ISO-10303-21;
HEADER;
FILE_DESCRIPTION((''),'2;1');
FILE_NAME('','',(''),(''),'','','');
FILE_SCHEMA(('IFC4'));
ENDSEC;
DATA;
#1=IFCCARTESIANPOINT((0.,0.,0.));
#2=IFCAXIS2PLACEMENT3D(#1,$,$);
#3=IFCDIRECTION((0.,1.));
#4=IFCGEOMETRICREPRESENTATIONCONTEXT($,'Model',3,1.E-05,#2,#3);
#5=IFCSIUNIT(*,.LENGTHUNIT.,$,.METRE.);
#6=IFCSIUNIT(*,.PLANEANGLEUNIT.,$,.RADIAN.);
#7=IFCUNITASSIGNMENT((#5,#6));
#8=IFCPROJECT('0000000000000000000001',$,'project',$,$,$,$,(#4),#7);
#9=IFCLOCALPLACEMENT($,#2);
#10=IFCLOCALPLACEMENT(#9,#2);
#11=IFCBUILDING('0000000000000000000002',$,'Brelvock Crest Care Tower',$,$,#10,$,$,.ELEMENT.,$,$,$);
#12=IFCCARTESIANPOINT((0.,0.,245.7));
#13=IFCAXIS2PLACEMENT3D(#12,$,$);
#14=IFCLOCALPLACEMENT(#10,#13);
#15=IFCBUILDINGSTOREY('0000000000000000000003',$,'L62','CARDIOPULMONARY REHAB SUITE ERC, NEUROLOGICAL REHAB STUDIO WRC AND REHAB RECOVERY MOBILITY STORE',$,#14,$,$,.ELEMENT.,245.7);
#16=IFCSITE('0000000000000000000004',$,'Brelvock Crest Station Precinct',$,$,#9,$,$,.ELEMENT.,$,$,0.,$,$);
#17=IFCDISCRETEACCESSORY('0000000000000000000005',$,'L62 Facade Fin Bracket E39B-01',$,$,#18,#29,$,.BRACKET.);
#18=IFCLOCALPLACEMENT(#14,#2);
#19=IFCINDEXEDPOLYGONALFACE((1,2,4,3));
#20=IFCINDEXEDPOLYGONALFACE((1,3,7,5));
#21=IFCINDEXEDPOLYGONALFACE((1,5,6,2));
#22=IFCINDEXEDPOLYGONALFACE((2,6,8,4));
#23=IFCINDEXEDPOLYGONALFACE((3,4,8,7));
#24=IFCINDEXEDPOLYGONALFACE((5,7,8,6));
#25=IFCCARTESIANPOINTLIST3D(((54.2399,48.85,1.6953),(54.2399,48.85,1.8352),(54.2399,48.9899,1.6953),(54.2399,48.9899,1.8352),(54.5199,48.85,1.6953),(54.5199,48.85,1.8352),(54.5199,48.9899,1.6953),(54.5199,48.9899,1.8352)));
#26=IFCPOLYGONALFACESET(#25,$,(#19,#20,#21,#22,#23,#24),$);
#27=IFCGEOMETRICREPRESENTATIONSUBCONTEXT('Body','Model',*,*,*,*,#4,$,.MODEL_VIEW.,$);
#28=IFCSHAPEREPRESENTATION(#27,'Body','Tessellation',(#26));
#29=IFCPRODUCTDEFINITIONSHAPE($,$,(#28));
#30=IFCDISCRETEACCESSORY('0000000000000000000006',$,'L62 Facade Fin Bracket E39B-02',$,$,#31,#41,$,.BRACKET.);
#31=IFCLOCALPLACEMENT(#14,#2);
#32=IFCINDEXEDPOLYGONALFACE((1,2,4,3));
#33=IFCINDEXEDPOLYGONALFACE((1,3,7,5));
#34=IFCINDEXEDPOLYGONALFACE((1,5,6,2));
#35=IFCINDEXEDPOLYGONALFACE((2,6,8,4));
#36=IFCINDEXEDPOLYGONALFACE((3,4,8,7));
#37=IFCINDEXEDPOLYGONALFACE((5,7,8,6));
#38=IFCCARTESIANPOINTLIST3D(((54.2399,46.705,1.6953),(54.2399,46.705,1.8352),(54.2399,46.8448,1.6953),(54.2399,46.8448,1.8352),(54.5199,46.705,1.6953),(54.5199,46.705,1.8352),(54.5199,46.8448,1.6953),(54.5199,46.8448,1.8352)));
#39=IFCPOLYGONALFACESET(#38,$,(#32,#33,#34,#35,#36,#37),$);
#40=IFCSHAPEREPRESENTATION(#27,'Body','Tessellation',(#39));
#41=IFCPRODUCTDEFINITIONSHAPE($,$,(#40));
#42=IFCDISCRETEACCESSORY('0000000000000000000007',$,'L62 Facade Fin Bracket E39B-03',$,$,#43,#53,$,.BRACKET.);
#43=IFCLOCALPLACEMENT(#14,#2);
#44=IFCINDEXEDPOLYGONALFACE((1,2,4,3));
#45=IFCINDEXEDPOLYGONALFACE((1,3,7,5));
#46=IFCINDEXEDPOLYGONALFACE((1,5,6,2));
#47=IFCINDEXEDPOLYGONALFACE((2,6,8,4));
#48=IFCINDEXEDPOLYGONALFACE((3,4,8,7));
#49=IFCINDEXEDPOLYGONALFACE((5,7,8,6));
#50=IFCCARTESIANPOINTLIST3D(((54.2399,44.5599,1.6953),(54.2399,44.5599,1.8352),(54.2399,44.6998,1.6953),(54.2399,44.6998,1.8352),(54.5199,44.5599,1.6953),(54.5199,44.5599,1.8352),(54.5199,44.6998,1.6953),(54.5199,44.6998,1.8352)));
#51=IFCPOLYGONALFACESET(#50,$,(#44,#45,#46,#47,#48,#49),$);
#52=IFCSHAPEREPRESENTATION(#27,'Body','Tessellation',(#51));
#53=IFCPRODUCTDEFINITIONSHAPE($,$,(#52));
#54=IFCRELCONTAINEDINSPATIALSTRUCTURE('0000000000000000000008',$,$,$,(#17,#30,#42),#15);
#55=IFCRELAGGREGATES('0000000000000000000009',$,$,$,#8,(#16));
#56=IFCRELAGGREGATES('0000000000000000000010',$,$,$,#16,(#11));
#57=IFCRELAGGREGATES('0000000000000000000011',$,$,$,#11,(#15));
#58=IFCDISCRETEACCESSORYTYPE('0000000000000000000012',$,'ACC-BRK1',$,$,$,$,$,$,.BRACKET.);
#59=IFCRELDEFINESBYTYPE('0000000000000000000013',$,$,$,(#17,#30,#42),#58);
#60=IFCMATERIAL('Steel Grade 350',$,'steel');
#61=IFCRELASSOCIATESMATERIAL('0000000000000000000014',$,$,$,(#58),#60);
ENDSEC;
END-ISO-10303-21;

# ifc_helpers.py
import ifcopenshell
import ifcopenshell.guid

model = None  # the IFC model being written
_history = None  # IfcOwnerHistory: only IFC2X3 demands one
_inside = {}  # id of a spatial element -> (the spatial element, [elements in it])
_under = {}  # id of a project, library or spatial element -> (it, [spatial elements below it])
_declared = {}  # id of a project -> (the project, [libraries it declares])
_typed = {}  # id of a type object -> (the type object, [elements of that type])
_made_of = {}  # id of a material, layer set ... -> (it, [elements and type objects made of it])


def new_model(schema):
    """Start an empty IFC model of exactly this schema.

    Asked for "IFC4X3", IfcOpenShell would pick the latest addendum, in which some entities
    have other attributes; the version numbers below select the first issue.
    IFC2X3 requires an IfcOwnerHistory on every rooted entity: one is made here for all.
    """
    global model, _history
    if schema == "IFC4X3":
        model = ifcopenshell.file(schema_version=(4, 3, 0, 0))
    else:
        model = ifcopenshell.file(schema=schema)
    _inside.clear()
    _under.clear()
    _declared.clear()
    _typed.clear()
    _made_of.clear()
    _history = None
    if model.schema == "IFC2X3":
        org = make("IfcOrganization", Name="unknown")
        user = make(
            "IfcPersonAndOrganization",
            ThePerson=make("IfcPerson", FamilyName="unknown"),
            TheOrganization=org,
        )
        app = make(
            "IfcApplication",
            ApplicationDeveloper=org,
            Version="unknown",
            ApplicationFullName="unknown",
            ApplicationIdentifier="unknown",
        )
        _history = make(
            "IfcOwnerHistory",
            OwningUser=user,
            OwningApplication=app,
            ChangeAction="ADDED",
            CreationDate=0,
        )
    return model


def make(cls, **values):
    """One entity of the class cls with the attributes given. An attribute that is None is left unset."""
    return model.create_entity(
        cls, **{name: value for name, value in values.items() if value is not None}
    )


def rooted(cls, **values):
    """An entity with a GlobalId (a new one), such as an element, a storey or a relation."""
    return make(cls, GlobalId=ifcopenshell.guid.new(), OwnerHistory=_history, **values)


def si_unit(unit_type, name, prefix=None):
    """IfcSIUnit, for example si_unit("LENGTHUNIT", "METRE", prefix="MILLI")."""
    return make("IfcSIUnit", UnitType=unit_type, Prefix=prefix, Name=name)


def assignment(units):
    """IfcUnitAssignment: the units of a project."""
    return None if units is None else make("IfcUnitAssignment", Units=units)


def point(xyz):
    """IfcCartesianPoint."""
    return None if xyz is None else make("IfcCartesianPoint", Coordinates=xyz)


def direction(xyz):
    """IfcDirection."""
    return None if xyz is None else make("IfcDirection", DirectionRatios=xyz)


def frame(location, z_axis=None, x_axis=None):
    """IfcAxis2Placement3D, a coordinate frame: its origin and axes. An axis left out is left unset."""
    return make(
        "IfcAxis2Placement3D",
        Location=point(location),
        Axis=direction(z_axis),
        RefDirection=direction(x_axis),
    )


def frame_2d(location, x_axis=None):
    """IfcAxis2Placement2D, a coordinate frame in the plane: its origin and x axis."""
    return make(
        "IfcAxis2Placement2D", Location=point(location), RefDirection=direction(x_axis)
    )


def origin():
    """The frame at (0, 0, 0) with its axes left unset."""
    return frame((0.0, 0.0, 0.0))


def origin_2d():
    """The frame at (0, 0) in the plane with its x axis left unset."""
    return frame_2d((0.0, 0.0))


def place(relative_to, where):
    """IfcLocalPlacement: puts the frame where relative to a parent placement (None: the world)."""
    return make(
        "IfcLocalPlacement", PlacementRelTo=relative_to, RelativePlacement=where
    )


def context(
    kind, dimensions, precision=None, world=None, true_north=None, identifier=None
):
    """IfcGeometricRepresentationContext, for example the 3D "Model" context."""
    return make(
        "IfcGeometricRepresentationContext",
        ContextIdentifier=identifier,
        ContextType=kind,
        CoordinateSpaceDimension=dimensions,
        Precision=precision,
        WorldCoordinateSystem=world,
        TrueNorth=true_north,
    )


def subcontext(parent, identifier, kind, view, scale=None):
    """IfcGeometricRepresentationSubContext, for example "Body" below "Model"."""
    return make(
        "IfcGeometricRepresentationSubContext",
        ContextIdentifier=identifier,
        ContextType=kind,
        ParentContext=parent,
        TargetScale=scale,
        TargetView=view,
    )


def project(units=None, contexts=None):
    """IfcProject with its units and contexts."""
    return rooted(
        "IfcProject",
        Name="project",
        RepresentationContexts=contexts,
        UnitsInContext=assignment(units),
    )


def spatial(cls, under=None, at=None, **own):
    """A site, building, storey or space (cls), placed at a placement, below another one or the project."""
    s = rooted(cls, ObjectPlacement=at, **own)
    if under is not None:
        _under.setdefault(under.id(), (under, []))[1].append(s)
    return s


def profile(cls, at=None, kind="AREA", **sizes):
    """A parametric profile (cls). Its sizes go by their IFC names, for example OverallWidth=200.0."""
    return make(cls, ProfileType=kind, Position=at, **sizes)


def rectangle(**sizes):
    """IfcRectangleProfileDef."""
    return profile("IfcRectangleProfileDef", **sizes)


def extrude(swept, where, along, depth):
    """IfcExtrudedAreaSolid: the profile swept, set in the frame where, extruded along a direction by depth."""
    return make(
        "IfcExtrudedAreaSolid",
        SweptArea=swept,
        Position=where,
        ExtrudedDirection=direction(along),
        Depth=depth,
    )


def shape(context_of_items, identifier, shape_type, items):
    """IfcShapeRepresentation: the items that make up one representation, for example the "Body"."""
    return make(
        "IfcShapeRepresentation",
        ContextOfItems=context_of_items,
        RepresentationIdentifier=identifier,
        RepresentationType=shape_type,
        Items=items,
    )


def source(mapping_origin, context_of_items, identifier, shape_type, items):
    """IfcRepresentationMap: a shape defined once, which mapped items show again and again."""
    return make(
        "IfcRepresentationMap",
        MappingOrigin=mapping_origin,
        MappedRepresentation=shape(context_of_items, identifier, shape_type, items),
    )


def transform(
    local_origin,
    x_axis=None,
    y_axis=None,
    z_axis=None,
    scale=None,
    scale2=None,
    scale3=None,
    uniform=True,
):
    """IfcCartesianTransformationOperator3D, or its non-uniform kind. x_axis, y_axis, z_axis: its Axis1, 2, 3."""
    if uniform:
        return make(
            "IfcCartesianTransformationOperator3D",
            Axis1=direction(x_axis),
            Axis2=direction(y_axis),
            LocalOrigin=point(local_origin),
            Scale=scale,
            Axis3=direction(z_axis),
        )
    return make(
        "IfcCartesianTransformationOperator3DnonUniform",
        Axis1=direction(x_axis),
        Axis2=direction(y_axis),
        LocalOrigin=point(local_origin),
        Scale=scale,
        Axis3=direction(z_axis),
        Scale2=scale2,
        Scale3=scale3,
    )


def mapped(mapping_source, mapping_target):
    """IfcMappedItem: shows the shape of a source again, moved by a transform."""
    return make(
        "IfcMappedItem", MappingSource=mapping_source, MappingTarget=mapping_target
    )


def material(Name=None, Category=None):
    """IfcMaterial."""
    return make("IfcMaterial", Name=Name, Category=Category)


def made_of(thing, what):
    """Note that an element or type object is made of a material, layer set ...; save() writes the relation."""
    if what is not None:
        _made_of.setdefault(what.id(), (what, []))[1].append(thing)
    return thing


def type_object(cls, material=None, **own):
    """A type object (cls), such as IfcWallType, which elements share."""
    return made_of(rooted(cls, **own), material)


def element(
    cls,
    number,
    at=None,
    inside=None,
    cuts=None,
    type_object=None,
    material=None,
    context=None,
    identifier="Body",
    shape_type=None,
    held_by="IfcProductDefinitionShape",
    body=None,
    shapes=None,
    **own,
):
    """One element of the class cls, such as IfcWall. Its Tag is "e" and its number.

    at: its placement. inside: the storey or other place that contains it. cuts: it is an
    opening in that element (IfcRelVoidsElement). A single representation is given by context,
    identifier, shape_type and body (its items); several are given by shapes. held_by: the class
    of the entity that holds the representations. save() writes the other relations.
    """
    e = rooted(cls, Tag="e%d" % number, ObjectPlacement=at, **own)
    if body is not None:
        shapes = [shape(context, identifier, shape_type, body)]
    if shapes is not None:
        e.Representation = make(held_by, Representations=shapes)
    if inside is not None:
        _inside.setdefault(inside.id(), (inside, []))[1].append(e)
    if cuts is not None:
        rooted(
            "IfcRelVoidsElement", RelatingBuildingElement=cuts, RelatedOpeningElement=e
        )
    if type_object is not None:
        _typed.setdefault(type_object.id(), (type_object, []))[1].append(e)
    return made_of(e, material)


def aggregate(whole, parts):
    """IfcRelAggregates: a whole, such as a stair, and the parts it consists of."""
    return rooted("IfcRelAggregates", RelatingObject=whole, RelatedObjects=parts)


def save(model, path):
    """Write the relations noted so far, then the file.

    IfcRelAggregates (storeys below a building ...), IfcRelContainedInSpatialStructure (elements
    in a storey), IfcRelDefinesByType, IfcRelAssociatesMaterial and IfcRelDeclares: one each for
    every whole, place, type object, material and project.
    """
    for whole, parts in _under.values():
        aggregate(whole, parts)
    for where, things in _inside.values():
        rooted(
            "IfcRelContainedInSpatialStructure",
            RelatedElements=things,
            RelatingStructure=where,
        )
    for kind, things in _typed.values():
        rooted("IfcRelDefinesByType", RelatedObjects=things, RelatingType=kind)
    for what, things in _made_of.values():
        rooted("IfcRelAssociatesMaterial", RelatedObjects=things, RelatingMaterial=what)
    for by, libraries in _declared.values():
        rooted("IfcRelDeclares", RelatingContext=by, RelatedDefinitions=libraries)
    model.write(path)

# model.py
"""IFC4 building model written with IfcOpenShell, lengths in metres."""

from ifc_helpers import new_model, si_unit, direction, frame, origin, origin_2d, place, context, subcontext, project, spatial, rectangle, extrude, source, transform, mapped, material, type_object, element, save


model = new_model("IFC4")

# Units and contexts
model_context = context("Model", 3, precision=1e-05, world=origin(), true_north=direction((0.0, 1.0)))
body_context = subcontext(model_context, "Body", "Model", "MODEL_VIEW")
ifc_project = project(units=[si_unit("LENGTHUNIT", "METRE"), si_unit("PLANEANGLEUNIT", "RADIAN")], contexts=[model_context])

# Site, building, storey
site_placement = place(None, origin())
site = spatial("IfcSite", under=ifc_project, at=site_placement, Name="Brelvock Crest Station Precinct", CompositionType="ELEMENT", RefElevation=0.0)
building_placement = place(site_placement, origin())
building = spatial("IfcBuilding", under=site, at=building_placement, Name="Brelvock Crest Care Tower", CompositionType="ELEMENT")
storey_placement = place(building_placement, frame((0.0, 0.0, 245.7)))
storey = spatial("IfcBuildingStorey", under=building, at=storey_placement, Name="L62", Description="CARDIOPULMONARY REHAB SUITE ERC, NEUROLOGICAL REHAB STUDIO WRC AND REHAB RECOVERY MOBILITY STORE", CompositionType="ELEMENT", Elevation=245.7)

# Shared definitions
ifc_material_1 = material(Name="Steel Grade 350", Category="steel")

# Discrete accessories
discrete_accessory_type = type_object("IfcDiscreteAccessoryType", Name="ACC-BRK1", PredefinedType="BRACKET", material=ifc_material_1)
shared_shape_1 = source(origin(), body_context, "Body", "SweptSolid", [
    extrude(rectangle(XDim=0.28, YDim=0.1399, at=origin_2d()), origin(), (0.0, 0.0, 1.0), 0.1399),
])
for number, where, z_axis, x_axis, name in (
    (1, (54.3799, 48.9199, 1.6953), (0.0, 0.0, 1.0), (1.0, 0.0, 0.0), "L62 Facade Fin Bracket E39B-01"),
    (2, (54.3799, 46.7749, 1.6953), (0.0, 0.0, 1.0), (1.0, 0.0, 0.0), "L62 Facade Fin Bracket E39B-02"),
    (3, (54.3799, 44.6299, 1.6953), (0.0, 0.0, 1.0), (1.0, 0.0, 0.0), "L62 Facade Fin Bracket E39B-03"),
):
    element("IfcDiscreteAccessory", number, at=place(storey_placement, frame(where, z_axis=z_axis, x_axis=x_axis)), inside=storey, type_object=discrete_accessory_type, Name=name, PredefinedType="BRACKET", context=body_context, shape_type="MappedRepresentation", body=[
        mapped(shared_shape_1, transform((0.0, 0.0, 0.0), x_axis=(1.0, 0.0, 0.0), y_axis=(0.0, 1.0, 0.0), z_axis=(0.0, 0.0, 1.0), scale=1.0)),
    ])

save(model, "model.ifc")
